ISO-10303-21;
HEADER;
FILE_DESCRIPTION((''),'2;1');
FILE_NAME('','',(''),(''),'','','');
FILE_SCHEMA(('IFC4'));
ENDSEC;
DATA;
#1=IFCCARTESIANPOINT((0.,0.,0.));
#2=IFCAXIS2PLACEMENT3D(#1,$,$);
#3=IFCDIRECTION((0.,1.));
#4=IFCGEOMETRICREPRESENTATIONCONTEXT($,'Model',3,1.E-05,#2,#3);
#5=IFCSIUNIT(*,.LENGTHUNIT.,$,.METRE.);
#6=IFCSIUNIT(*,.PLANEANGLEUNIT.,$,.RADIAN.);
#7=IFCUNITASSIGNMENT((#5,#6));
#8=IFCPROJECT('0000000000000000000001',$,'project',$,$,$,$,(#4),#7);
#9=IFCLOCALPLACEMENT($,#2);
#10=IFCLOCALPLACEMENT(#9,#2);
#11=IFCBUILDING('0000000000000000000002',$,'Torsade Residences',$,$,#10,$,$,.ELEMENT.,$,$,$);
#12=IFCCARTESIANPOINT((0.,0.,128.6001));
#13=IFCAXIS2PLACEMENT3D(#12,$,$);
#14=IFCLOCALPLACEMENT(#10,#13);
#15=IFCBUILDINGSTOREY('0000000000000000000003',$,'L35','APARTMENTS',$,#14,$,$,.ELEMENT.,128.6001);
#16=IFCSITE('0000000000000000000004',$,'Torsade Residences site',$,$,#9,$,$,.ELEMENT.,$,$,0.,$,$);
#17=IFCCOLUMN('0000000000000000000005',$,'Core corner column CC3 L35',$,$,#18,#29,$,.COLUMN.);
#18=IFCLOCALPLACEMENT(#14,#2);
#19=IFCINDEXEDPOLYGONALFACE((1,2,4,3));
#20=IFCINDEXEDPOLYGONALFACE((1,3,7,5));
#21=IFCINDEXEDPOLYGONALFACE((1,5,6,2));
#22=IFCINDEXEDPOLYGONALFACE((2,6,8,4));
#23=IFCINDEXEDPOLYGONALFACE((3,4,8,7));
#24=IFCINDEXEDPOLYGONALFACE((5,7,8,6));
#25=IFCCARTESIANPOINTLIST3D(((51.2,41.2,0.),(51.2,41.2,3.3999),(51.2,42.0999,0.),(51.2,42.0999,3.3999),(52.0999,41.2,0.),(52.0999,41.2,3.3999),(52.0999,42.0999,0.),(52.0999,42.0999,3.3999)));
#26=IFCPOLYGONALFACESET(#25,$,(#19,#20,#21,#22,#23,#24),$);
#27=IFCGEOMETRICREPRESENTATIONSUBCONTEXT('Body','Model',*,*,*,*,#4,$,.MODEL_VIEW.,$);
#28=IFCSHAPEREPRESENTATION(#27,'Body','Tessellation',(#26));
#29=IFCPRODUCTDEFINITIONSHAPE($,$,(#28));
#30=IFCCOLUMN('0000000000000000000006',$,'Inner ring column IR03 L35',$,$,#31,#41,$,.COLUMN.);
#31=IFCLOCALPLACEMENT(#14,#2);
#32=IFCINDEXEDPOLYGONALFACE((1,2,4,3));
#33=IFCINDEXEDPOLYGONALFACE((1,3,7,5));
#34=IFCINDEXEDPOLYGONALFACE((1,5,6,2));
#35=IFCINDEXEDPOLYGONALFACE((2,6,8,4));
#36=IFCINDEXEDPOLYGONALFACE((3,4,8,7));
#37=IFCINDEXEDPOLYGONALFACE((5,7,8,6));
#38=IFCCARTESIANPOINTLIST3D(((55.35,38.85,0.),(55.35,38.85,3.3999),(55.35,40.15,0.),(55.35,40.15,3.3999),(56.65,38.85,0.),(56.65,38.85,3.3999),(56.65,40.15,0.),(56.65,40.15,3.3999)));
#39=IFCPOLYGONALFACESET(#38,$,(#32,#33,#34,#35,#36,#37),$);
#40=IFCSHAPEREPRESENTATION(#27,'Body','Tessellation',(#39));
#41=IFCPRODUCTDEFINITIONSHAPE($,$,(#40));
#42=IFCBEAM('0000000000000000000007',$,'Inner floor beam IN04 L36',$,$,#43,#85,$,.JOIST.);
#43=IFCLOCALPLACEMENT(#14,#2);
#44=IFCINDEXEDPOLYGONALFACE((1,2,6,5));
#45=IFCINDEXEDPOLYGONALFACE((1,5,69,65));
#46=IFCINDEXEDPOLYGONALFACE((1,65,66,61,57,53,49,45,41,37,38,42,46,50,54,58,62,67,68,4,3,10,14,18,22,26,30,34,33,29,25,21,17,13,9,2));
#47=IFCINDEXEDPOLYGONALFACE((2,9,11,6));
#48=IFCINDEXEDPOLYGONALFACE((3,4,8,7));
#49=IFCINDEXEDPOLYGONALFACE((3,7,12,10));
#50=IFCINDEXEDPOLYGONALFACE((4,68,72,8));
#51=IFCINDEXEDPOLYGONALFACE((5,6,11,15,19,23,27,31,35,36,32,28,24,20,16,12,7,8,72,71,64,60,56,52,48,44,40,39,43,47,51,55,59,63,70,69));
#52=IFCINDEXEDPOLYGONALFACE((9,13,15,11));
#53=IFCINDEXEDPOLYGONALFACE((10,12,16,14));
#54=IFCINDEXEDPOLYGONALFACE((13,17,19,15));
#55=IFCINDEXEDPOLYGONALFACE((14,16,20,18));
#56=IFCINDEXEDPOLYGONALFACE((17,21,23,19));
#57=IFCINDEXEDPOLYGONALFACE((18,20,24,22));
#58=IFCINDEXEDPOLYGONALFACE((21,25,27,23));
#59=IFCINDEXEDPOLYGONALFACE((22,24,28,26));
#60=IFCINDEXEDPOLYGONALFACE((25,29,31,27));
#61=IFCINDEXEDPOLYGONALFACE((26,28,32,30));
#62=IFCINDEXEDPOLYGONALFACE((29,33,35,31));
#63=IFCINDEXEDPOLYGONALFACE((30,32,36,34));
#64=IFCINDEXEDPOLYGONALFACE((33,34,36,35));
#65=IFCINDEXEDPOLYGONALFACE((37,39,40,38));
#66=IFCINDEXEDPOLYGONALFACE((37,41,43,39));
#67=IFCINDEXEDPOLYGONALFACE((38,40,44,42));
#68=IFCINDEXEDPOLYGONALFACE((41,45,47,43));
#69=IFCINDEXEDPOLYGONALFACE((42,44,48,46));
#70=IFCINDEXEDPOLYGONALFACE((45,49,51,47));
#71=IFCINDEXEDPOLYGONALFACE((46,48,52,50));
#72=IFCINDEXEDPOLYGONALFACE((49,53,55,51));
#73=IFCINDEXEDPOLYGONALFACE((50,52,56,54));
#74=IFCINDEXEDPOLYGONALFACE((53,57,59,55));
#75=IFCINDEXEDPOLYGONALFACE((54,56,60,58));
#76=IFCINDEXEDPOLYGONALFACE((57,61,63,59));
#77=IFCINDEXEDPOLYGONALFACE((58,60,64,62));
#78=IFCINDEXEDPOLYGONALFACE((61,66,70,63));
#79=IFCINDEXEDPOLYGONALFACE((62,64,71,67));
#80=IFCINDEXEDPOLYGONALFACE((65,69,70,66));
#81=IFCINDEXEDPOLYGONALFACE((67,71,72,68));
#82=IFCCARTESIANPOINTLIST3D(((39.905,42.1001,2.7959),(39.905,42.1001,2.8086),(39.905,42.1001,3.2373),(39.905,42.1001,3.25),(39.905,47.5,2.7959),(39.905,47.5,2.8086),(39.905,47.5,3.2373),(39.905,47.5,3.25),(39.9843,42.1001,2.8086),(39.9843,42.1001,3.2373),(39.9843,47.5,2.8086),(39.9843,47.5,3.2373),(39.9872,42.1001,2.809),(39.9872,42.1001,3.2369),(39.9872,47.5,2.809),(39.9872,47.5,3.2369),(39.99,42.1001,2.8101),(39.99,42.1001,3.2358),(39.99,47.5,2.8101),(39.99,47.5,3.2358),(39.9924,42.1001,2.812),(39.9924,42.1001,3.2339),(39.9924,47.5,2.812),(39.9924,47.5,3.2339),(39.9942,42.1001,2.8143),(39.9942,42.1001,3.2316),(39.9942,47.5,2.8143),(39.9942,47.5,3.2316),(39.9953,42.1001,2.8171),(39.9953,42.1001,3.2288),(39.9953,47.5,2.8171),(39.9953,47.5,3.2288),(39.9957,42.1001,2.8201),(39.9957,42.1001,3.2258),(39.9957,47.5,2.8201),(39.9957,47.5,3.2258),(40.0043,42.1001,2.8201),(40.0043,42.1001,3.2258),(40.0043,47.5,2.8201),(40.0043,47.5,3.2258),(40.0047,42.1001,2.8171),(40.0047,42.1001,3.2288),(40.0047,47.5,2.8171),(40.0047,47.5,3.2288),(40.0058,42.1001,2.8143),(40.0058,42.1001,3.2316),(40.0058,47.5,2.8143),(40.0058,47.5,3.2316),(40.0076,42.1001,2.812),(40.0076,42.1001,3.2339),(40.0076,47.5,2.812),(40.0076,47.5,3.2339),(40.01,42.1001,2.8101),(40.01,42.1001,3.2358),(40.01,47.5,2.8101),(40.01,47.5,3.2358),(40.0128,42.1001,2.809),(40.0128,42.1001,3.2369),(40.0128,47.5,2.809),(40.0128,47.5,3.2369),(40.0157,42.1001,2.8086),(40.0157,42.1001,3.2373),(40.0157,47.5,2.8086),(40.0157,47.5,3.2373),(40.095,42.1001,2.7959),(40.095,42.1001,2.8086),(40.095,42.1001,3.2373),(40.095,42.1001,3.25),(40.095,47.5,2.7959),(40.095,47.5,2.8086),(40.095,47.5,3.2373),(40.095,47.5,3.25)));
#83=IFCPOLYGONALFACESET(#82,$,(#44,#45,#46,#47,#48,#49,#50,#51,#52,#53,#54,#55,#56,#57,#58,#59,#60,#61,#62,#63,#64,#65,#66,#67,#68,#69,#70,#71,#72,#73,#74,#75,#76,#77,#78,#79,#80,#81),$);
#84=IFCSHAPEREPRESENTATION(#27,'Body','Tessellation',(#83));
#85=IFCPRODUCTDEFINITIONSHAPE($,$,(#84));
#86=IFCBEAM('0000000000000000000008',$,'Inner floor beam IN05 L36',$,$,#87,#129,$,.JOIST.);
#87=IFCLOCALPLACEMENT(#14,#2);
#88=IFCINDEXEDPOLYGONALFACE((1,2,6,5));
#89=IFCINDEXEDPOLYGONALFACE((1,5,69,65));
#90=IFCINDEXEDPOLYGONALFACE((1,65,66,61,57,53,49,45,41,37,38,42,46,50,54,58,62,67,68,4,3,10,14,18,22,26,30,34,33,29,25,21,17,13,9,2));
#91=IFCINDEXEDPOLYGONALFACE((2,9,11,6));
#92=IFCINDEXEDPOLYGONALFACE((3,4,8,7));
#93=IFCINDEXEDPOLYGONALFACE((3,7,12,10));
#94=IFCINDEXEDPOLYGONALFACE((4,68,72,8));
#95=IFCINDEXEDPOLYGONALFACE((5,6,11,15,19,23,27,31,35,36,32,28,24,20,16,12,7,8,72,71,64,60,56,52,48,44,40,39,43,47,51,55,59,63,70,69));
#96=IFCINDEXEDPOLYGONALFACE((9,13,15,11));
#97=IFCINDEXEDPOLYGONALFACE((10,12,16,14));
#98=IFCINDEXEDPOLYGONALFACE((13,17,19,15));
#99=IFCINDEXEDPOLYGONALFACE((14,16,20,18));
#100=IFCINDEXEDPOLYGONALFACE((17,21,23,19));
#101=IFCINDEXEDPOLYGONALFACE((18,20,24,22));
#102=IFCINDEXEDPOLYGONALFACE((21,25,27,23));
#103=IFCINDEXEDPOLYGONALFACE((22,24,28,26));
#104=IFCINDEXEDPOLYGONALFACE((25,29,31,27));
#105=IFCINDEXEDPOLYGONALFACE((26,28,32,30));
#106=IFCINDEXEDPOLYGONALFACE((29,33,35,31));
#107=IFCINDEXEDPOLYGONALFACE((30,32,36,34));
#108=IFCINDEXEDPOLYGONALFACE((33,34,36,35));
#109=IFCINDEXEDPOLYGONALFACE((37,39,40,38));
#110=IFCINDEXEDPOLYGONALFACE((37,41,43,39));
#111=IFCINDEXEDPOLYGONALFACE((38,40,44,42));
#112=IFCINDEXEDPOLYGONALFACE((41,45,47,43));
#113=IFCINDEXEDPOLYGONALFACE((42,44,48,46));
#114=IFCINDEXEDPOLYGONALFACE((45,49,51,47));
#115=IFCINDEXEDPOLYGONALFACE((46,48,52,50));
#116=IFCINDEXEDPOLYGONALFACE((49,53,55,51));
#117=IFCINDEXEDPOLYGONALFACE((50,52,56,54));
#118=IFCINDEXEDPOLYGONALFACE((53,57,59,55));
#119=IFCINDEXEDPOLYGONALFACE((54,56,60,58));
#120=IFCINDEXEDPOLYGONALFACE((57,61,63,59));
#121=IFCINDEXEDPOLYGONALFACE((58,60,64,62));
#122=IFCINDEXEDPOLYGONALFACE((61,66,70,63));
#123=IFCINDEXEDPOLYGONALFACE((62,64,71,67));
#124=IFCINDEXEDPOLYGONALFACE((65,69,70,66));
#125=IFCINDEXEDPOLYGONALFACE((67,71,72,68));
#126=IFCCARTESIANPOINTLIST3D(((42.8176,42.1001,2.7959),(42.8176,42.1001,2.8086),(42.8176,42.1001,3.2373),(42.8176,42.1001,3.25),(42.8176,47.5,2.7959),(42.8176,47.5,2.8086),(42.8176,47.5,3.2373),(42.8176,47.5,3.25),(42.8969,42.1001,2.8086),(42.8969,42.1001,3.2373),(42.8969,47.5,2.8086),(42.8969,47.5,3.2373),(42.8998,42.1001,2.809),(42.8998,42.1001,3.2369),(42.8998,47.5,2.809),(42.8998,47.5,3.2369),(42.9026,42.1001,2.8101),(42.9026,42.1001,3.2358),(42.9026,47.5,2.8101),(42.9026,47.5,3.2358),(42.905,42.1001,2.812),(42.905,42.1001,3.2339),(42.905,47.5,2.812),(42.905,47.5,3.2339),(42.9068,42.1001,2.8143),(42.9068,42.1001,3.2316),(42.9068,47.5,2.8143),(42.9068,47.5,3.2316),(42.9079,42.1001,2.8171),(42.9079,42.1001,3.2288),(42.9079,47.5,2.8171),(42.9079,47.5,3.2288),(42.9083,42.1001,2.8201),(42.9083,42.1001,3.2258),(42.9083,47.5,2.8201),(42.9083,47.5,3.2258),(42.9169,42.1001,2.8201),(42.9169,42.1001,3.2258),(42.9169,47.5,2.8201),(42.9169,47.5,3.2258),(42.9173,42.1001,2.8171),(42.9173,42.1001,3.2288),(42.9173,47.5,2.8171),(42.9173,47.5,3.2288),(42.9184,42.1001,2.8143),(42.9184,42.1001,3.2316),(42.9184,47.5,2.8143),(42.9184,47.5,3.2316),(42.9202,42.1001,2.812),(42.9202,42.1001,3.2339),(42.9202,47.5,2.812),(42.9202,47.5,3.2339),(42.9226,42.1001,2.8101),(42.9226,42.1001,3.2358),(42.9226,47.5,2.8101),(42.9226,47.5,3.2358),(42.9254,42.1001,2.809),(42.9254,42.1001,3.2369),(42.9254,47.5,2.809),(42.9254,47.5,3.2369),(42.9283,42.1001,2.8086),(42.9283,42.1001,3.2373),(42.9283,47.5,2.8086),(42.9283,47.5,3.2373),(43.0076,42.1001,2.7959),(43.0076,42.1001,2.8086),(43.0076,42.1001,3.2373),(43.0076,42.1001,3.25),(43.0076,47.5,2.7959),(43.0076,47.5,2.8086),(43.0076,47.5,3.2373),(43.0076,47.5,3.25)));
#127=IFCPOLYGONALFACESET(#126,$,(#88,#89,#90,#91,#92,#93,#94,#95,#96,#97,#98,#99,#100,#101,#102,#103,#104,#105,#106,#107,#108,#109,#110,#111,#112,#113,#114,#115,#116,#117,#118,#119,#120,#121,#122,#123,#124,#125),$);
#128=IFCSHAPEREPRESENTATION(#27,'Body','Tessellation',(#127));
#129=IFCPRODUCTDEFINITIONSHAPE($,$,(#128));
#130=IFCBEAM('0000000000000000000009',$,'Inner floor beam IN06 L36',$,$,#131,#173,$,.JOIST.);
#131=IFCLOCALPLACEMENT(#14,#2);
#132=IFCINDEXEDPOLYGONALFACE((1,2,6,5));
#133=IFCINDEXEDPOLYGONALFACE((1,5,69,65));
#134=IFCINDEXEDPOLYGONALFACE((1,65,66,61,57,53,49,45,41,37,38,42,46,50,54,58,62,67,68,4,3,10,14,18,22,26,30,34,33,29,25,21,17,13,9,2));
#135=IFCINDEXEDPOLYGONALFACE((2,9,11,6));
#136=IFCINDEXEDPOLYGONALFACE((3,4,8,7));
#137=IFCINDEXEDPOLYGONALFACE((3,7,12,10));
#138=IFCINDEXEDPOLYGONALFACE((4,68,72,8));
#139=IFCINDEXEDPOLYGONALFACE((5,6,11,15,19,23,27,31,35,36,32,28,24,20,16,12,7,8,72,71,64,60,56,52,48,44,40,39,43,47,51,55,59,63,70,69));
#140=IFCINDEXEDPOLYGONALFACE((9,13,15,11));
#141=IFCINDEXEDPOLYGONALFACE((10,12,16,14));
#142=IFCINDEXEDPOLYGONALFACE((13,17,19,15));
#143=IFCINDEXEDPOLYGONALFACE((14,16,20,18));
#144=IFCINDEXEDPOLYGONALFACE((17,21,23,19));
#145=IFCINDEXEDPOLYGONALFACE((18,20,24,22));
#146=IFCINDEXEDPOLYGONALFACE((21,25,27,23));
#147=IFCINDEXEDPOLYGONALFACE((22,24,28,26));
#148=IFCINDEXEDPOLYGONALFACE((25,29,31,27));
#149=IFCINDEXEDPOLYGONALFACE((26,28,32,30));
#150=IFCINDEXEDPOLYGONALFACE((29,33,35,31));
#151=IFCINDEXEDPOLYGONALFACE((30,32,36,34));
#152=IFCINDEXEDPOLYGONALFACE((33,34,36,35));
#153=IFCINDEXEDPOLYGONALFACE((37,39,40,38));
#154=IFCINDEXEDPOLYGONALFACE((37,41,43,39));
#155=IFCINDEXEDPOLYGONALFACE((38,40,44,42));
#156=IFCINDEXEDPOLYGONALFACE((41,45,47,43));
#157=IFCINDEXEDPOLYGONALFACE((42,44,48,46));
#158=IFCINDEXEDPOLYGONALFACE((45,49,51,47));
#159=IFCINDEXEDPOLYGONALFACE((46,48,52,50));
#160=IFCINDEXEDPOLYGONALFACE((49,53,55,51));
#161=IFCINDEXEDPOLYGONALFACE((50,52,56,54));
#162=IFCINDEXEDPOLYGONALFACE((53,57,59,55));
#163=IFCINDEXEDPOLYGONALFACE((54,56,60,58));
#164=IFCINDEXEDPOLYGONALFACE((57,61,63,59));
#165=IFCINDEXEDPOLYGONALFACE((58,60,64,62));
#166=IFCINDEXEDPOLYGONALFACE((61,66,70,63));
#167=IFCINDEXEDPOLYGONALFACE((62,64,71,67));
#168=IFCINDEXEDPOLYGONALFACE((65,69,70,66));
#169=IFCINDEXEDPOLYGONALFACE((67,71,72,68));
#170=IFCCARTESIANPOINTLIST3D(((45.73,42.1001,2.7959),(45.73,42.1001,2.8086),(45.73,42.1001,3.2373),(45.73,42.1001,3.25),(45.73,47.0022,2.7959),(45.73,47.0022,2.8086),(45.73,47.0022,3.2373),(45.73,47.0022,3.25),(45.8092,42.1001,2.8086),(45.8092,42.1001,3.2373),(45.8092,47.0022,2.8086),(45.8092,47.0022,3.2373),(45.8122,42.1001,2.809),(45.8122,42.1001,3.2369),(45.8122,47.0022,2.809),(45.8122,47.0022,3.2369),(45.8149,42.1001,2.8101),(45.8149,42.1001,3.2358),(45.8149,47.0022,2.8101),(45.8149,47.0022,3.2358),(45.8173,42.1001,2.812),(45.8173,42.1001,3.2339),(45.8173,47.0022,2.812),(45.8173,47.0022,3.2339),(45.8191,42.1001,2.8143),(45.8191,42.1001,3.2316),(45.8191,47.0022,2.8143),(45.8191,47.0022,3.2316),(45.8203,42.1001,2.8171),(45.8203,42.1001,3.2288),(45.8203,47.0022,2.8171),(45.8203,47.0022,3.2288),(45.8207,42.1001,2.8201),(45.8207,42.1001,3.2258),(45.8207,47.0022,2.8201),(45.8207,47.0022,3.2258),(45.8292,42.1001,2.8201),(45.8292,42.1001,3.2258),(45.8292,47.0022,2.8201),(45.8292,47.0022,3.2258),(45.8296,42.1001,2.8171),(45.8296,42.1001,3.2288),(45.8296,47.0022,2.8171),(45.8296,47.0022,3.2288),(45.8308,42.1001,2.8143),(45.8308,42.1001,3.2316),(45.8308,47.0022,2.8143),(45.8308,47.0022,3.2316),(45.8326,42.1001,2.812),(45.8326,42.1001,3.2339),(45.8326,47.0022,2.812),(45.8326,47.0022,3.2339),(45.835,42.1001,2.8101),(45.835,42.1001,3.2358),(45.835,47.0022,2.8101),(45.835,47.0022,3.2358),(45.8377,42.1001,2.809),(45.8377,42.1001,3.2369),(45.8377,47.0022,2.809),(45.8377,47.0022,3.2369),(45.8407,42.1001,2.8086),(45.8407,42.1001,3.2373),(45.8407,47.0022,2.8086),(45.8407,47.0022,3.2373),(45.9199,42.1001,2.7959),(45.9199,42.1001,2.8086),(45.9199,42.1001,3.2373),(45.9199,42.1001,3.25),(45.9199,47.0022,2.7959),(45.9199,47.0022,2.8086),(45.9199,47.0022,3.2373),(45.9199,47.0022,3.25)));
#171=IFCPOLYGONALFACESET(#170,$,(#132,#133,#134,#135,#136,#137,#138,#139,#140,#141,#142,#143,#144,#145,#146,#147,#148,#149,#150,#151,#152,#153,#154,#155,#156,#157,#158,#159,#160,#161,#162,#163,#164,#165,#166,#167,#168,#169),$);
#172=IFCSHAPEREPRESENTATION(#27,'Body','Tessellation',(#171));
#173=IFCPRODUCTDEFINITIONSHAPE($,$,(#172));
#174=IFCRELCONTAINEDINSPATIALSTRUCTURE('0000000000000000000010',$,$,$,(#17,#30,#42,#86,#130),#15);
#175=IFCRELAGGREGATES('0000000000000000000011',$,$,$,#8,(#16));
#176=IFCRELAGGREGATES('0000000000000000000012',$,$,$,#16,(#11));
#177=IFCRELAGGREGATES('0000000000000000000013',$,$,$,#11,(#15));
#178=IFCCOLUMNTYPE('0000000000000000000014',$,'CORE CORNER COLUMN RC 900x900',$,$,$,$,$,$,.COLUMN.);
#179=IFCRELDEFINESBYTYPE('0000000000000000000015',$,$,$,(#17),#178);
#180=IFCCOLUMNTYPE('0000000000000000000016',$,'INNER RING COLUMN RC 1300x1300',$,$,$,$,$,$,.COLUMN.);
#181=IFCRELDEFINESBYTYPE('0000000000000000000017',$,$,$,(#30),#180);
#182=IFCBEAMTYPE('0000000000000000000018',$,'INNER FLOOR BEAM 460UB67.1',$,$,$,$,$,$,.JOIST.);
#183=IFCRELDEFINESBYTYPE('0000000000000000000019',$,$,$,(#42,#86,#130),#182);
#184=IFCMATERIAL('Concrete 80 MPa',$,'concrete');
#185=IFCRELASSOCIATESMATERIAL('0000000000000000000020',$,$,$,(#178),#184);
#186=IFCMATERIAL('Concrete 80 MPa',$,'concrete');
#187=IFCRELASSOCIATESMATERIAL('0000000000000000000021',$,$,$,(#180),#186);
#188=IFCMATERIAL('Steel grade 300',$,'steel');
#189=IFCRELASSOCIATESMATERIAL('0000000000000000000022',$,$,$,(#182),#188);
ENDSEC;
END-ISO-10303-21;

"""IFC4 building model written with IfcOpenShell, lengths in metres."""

from ifc_helpers import new_model, si_unit, direction, frame, origin, origin_2d, place, context, subcontext, project, spatial, rectangle, i_section, extrude, material, material_profile, profile_set, type_object, element, save


model = new_model("IFC4")

# Units and contexts
model_context = context("Model", 3, precision=1e-05, world=origin(), true_north=direction((0.0, 1.0)))
body_context = subcontext(model_context, "Body", "Model", "MODEL_VIEW")
ifc_project = project(units=[si_unit("LENGTHUNIT", "METRE"), si_unit("PLANEANGLEUNIT", "RADIAN")], contexts=[model_context])

# Site, building, storey
site_placement = place(None, origin())
site = spatial("IfcSite", under=ifc_project, at=site_placement, Name="Torsade Residences site", CompositionType="ELEMENT", RefElevation=0.0)
building_placement = place(site_placement, origin())
building = spatial("IfcBuilding", under=site, at=building_placement, Name="Torsade Residences", CompositionType="ELEMENT")
storey_placement = place(building_placement, frame((0.0, 0.0, 128.6001)))
storey = spatial("IfcBuildingStorey", under=building, at=storey_placement, Name="L35", Description="APARTMENTS", CompositionType="ELEMENT", Elevation=128.6001)

# Columns
ifc_material_1 = material(Name="Concrete 80 MPa", Category="concrete")
ifc_material_profile_1 = material_profile(ifc_material_1, rectangle(XDim=0.8999, YDim=0.8999, at=origin_2d()), Name="RC 900x900")
ifc_profile_set_1 = profile_set([ifc_material_profile_1], Name="Concrete 80 MPa")
column_type_1 = type_object("IfcColumnType", Name="CORE CORNER COLUMN RC 900x900", PredefinedType="COLUMN", material=ifc_profile_set_1)
column_1_placement = place(storey_placement, frame((51.6499, 41.6499, 0.0), z_axis=(0.0, 0.0, 1.0), x_axis=(1.0, 0.0, 0.0)))
element("IfcColumn", 1, at=column_1_placement, inside=storey, type_object=column_type_1, Name="Core corner column CC3 L35", PredefinedType="COLUMN", context=body_context, shape_type="SweptSolid", body=[
    extrude(rectangle(XDim=0.8999, YDim=0.8999, at=origin_2d()), origin(), (0.0, 0.0, 1.0), 3.3999),
])
ifc_material_2 = material(Name="Concrete 80 MPa", Category="concrete")
ifc_material_profile_2 = material_profile(ifc_material_2, rectangle(XDim=1.3, YDim=1.3, at=origin_2d()), Name="RC 1300x1300")
ifc_profile_set_2 = profile_set([ifc_material_profile_2], Name="Concrete 80 MPa")
column_type_2 = type_object("IfcColumnType", Name="INNER RING COLUMN RC 1300x1300", PredefinedType="COLUMN", material=ifc_profile_set_2)
column_2_placement = place(storey_placement, frame((56.0, 39.5, 0.0), z_axis=(0.0, 0.0, 1.0), x_axis=(1.0, 0.0, 0.0)))
element("IfcColumn", 2, at=column_2_placement, inside=storey, type_object=column_type_2, Name="Inner ring column IR03 L35", PredefinedType="COLUMN", context=body_context, shape_type="SweptSolid", body=[
    extrude(rectangle(XDim=1.3, YDim=1.3, at=origin_2d()), origin(), (0.0, 0.0, 1.0), 3.3999),
])

# Beams
ifc_material_3 = material(Name="Steel grade 300", Category="steel")
ifc_material_profile_3 = material_profile(ifc_material_3, i_section(OverallWidth=0.1899, OverallDepth=0.4541, WebThickness=0.0085, FlangeThickness=0.0127, FilletRadius=0.0115, at=origin_2d()), Name="460UB67.1")
ifc_profile_set_3 = profile_set([ifc_material_profile_3], Name="Steel grade 300")
beam_type_1 = type_object("IfcBeamType", Name="INNER FLOOR BEAM 460UB67.1", PredefinedType="JOIST", material=ifc_profile_set_3)
for number, where, z_axis, x_axis, name in (
    (3, (40.0, 42.1001, 3.0229), (0.0, 1.0, 0.0), (-1.0, 0.0, 0.0), "Inner floor beam IN04 L36"),
    (4, (42.9126, 42.1001, 3.0229), (0.0, 1.0, 0.0), (-1.0, 0.0, 0.0), "Inner floor beam IN05 L36"),
):
    element("IfcBeam", number, at=place(storey_placement, frame(where, z_axis=z_axis, x_axis=x_axis)), inside=storey, type_object=beam_type_1, Name=name, PredefinedType="JOIST", context=body_context, shape_type="SweptSolid", body=[
        extrude(i_section(OverallWidth=0.1899, OverallDepth=0.4541, WebThickness=0.0085, FlangeThickness=0.0127, FilletRadius=0.0115, at=origin_2d()), origin(), (0.0, 0.0, 1.0), 5.3999),
    ])
beam_1_placement = place(storey_placement, frame((45.825, 42.1001, 3.0229), z_axis=(0.0, 1.0, 0.0), x_axis=(-1.0, 0.0, 0.0)))
element("IfcBeam", 5, at=beam_1_placement, inside=storey, type_object=beam_type_1, Name="Inner floor beam IN06 L36", PredefinedType="JOIST", context=body_context, shape_type="SweptSolid", body=[
    extrude(i_section(OverallWidth=0.1899, OverallDepth=0.4541, WebThickness=0.0085, FlangeThickness=0.0127, FilletRadius=0.0115, at=origin_2d()), origin(), (0.0, 0.0, 1.0), 4.9021),
])

save(model, "model.ifc")
